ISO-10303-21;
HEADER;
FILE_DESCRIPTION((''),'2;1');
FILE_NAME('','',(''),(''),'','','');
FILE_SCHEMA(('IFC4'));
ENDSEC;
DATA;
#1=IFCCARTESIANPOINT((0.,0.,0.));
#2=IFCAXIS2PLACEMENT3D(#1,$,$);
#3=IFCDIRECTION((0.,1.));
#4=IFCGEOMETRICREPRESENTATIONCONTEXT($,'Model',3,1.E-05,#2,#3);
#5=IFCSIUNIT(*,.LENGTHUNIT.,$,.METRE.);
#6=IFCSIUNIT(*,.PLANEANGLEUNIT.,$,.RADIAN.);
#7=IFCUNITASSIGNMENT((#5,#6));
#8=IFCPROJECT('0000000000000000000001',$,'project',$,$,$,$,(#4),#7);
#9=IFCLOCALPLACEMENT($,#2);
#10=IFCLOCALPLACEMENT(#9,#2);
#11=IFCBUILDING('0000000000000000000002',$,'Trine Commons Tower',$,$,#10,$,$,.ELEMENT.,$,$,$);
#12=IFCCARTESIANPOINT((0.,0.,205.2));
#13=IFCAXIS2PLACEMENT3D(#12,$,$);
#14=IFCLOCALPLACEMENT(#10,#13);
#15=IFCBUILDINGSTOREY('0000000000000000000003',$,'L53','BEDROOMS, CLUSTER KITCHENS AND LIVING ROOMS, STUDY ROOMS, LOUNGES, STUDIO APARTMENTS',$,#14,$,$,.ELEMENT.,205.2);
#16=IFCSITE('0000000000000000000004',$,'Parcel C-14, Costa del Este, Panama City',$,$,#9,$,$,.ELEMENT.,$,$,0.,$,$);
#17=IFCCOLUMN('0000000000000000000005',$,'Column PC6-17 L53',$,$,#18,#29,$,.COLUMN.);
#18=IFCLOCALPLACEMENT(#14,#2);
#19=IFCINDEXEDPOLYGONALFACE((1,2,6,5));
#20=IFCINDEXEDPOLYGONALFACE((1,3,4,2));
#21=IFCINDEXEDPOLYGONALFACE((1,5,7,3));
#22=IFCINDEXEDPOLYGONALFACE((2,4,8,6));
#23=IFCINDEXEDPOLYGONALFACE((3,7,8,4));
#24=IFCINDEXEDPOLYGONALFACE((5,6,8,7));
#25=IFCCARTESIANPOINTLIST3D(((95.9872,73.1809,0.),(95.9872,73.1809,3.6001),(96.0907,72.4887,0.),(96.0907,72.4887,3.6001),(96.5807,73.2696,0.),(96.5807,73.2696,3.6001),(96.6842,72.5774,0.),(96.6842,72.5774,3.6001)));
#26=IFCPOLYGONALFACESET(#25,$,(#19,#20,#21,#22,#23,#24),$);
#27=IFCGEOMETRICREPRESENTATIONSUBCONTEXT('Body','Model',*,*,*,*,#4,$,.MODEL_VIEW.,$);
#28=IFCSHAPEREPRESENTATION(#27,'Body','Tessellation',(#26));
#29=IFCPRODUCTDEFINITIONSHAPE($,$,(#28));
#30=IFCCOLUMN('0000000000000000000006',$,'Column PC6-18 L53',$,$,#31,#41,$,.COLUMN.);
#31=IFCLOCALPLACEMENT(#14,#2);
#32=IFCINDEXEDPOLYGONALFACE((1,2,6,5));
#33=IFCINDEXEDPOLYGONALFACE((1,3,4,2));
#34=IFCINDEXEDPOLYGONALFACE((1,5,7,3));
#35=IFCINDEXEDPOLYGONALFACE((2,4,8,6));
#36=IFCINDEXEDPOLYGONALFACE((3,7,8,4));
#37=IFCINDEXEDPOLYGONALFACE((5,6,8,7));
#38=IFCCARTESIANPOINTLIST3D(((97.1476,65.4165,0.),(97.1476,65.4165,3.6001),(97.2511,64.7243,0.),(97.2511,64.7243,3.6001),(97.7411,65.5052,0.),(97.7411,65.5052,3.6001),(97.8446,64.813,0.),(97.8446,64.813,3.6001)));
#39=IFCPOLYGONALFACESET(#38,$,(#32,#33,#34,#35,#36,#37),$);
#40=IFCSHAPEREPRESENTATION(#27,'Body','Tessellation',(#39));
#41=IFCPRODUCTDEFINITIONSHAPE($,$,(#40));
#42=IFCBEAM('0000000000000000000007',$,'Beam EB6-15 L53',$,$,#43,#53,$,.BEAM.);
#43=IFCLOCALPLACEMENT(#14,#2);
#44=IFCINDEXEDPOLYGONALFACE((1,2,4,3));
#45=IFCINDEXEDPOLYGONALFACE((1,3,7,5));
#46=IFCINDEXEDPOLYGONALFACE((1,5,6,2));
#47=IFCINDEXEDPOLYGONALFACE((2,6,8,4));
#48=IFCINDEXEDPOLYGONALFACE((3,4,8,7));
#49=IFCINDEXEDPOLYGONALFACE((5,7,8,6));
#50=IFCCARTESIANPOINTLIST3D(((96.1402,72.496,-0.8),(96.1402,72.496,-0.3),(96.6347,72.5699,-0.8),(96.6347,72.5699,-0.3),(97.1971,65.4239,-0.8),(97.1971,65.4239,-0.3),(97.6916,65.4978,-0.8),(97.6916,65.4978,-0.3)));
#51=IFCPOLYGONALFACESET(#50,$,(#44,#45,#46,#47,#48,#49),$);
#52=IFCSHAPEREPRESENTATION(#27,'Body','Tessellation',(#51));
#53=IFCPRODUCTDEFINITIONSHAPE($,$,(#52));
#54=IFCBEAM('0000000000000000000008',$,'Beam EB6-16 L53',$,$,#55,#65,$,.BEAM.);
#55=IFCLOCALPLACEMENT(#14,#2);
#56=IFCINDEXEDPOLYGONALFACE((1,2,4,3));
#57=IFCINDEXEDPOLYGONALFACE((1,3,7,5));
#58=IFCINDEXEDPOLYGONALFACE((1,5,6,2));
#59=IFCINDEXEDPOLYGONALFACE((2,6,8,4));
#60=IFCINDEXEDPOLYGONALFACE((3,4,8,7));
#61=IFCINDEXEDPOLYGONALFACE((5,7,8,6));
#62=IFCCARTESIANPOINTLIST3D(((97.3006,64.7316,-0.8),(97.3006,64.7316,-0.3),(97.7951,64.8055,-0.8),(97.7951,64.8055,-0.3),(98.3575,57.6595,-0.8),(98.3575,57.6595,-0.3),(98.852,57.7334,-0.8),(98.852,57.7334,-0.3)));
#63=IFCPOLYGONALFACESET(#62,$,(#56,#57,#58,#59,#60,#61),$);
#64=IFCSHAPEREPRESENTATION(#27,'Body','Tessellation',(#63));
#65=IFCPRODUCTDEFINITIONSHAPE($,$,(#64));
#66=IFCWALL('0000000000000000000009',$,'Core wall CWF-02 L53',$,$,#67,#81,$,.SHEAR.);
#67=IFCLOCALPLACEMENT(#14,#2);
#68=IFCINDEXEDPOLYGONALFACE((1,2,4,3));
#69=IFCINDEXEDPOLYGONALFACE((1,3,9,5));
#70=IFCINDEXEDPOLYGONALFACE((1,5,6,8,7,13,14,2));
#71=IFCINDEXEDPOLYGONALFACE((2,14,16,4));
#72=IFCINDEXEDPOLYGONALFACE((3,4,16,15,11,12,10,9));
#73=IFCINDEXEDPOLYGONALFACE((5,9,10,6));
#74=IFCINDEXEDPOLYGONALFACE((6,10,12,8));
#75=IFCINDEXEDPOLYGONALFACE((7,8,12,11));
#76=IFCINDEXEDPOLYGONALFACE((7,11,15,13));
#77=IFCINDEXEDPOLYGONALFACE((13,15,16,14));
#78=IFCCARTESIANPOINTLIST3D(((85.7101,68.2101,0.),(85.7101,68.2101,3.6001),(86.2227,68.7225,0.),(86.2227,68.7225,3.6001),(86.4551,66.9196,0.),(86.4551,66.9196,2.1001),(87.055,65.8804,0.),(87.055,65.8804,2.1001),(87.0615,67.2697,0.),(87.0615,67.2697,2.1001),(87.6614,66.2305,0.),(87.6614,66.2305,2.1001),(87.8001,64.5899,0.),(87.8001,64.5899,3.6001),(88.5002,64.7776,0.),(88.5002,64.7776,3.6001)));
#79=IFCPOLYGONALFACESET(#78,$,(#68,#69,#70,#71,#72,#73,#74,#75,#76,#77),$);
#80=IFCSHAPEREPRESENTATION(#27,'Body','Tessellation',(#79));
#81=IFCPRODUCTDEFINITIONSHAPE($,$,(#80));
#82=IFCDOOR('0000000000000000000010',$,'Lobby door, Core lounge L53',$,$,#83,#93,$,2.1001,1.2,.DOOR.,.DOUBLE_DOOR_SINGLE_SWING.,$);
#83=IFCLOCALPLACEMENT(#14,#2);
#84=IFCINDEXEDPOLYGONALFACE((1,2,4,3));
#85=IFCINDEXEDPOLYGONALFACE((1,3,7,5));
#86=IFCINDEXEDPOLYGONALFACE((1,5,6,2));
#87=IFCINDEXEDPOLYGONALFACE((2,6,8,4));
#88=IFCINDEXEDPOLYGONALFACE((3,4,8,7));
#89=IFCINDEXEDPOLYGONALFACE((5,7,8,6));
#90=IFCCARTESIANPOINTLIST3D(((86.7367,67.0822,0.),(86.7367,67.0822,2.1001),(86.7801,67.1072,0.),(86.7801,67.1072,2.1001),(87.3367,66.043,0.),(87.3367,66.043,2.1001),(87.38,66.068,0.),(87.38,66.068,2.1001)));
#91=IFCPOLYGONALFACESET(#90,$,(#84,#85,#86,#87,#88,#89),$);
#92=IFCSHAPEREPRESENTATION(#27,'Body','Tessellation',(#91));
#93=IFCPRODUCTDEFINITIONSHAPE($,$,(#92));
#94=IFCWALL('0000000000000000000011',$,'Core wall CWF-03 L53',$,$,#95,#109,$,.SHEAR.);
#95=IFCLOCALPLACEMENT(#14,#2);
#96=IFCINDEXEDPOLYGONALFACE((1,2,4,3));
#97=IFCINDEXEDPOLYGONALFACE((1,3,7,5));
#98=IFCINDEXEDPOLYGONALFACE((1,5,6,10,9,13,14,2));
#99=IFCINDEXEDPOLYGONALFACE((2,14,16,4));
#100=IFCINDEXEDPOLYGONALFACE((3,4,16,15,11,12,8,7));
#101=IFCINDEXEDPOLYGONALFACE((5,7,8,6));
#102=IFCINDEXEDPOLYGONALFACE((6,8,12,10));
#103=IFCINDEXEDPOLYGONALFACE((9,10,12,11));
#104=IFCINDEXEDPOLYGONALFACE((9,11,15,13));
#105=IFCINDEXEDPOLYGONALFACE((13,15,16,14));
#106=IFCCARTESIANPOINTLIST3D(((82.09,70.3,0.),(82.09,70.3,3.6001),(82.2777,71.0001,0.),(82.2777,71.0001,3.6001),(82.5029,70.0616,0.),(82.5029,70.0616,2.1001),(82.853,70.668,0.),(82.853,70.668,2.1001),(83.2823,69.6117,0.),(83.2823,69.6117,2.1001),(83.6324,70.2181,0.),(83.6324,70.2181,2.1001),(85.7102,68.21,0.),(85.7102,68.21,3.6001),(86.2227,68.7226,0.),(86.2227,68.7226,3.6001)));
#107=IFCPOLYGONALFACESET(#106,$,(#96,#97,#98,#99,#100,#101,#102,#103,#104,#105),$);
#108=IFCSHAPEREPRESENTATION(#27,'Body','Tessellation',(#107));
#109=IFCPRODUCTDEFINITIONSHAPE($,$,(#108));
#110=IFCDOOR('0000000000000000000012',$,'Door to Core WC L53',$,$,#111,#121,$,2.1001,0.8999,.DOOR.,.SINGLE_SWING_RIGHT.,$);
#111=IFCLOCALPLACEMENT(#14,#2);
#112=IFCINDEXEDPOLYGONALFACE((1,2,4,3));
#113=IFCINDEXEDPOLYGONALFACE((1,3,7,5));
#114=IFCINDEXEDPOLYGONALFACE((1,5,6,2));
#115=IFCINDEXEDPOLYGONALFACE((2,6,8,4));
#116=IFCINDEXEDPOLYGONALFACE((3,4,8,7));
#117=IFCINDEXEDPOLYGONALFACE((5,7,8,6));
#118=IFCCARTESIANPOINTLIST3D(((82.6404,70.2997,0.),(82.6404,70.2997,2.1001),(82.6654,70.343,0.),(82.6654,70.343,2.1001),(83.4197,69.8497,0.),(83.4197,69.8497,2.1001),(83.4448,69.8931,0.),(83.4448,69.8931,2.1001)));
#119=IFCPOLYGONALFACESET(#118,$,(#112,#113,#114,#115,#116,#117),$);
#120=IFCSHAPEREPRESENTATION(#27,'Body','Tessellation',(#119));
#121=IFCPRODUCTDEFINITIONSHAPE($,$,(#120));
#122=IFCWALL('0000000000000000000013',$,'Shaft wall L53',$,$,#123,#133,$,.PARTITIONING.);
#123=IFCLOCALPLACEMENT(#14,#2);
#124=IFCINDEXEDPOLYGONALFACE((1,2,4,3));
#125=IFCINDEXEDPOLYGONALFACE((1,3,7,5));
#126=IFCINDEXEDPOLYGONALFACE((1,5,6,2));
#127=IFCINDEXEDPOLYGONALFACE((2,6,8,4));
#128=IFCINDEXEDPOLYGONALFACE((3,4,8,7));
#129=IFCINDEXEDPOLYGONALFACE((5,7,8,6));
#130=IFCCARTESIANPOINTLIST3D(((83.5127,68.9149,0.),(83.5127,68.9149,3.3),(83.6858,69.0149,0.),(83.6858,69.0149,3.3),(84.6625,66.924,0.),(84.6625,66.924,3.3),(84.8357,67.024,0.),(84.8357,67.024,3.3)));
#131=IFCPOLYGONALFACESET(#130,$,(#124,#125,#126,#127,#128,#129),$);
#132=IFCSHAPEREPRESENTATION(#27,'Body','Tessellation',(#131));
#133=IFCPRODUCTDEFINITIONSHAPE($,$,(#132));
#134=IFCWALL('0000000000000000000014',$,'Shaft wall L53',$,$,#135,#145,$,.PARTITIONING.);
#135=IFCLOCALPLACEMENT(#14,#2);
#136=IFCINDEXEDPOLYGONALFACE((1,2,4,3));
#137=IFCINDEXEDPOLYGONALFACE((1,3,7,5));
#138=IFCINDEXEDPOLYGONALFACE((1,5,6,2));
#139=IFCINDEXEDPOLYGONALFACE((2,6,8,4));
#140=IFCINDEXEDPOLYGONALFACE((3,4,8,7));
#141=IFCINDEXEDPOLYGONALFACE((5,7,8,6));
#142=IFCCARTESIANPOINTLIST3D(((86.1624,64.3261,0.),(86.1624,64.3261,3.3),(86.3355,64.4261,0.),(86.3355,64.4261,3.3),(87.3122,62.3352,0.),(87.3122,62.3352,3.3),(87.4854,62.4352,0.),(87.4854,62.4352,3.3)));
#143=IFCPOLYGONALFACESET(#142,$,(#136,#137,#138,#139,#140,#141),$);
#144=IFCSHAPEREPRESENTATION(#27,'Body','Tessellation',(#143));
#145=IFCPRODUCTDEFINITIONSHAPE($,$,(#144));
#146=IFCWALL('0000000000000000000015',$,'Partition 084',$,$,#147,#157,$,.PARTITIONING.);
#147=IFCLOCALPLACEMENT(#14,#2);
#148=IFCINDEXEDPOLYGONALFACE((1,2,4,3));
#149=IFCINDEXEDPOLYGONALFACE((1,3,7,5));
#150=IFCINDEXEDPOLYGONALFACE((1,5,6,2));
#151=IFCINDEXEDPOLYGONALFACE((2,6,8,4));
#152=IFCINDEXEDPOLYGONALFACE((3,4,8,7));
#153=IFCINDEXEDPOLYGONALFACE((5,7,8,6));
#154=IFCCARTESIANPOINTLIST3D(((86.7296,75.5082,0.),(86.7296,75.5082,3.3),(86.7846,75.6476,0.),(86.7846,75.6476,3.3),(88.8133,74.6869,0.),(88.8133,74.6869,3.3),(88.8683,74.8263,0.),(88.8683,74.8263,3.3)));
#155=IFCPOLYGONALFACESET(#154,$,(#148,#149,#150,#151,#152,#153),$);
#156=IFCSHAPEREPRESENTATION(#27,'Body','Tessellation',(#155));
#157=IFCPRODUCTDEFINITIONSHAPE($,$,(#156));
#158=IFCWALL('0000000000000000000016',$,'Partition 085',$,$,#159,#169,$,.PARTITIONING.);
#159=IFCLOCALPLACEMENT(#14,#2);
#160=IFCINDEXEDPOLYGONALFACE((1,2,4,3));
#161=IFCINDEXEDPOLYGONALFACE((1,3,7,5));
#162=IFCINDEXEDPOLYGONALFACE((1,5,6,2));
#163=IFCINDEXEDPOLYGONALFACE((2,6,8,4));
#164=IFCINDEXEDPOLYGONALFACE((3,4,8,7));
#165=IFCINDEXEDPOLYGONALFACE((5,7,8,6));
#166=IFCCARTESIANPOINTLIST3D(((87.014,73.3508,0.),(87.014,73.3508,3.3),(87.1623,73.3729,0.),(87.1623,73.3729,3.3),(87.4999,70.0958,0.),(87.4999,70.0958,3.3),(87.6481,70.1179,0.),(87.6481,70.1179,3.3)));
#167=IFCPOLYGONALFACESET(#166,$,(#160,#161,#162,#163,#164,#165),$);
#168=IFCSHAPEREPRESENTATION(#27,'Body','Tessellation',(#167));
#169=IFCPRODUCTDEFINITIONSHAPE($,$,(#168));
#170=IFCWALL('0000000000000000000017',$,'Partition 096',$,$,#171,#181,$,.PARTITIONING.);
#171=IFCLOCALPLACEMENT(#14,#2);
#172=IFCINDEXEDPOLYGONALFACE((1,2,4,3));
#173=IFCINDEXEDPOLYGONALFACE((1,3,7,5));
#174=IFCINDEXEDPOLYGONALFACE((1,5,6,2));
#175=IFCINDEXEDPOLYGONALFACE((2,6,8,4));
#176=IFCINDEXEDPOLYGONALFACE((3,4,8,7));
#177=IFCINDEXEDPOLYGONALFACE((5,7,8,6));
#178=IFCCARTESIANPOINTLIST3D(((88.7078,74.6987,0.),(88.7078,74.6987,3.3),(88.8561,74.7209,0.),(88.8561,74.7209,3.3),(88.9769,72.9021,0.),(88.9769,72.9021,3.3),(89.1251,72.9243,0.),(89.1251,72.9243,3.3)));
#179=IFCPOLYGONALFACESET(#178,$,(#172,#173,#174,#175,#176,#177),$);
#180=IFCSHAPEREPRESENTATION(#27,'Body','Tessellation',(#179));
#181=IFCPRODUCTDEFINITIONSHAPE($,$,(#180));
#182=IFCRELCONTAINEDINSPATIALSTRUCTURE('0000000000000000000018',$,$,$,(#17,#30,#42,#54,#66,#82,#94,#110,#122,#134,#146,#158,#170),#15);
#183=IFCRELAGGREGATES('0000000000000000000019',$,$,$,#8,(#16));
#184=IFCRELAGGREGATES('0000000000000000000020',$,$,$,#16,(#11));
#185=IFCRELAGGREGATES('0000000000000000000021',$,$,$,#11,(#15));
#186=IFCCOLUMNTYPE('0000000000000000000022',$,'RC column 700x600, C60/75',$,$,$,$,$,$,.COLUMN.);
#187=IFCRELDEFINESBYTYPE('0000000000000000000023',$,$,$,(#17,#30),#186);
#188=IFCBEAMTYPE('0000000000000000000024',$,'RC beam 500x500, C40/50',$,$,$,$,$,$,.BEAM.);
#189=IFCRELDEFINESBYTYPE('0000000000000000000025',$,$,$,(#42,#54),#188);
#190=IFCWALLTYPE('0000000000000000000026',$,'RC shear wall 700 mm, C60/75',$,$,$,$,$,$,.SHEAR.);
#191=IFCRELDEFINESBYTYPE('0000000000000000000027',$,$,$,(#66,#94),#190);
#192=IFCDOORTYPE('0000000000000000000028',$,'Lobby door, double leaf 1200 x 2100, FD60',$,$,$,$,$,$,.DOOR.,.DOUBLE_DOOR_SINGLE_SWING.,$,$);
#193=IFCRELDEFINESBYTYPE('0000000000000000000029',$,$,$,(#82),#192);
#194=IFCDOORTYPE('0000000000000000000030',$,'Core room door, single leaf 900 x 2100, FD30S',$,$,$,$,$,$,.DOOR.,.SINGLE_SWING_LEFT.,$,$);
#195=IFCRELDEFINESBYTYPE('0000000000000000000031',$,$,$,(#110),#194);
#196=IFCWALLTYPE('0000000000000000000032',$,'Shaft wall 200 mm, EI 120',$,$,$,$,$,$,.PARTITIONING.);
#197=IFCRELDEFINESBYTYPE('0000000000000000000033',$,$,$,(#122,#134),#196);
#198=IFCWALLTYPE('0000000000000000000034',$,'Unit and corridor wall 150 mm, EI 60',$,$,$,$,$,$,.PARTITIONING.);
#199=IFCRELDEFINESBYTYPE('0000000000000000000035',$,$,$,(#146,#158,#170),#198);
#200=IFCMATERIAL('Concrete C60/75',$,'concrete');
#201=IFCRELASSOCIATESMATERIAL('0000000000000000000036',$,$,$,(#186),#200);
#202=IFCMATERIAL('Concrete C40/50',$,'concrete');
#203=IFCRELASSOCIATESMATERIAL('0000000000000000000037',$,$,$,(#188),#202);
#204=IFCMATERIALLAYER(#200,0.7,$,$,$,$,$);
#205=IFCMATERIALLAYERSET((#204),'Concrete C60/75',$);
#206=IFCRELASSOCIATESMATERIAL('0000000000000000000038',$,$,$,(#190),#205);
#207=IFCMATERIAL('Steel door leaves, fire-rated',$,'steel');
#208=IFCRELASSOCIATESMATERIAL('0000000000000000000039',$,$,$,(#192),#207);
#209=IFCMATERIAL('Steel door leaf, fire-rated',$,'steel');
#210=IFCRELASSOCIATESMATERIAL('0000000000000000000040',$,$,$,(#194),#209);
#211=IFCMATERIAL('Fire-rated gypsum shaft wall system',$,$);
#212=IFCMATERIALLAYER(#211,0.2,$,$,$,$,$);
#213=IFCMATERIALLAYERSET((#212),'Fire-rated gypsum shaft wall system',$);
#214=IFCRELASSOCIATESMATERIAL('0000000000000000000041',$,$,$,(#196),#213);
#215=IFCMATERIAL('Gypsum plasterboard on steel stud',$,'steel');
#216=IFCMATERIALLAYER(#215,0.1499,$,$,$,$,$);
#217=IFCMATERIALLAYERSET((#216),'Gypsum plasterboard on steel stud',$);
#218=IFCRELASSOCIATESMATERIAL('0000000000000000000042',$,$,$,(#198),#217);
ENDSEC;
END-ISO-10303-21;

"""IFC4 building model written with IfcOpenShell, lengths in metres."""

from ifc_helpers import new_model, si_unit, direction, frame, frame_2d, origin, origin_2d, place, context, subcontext, project, spatial, polyline, rectangle, outline, extrude, material, layer, layer_set, material_profile, profile_set, type_object, element, fill, save


model = new_model("IFC4")

# Units and contexts
model_context = context("Model", 3, precision=1e-05, world=origin(), true_north=direction((0.0, 1.0)))
body_context = subcontext(model_context, "Body", "Model", "MODEL_VIEW")
ifc_project = project(units=[si_unit("LENGTHUNIT", "METRE"), si_unit("PLANEANGLEUNIT", "RADIAN")], contexts=[model_context])

# Site, building, storey
site_placement = place(None, origin())
site = spatial("IfcSite", under=ifc_project, at=site_placement, Name="Parcel C-14, Costa del Este, Panama City", CompositionType="ELEMENT", RefElevation=0.0)
building_placement = place(site_placement, origin())
building = spatial("IfcBuilding", under=site, at=building_placement, Name="Trine Commons Tower", CompositionType="ELEMENT")
storey_placement = place(building_placement, frame((0.0, 0.0, 205.2)))
storey = spatial("IfcBuildingStorey", under=building, at=storey_placement, Name="L53", Description="BEDROOMS, CLUSTER KITCHENS AND LIVING ROOMS, STUDY ROOMS, LOUNGES, STUDIO APARTMENTS", CompositionType="ELEMENT", Elevation=205.2)

# Columns
ifc_material_1 = material(Name="Concrete C60/75", Category="concrete")
ifc_material_profile_1 = material_profile(ifc_material_1, rectangle(XDim=0.7, YDim=0.6001, at=origin_2d()), Name="RC 700x600")
ifc_profile_set_1 = profile_set([ifc_material_profile_1], Name="Concrete C60/75")
column_type = type_object("IfcColumnType", Name="RC column 700x600, C60/75", PredefinedType="COLUMN", material=ifc_profile_set_1)
for number, where, z_axis, x_axis, name in (
    (1, (96.3357, 72.8792, 0.0), (0.0, 0.0, 1.0), (-0.147809, 0.989016, 0.0), "Column PC6-17 L53"),
    (2, (97.4961, 65.1147, 0.0), (0.0, 0.0, 1.0), (-0.147809, 0.989016, 0.0), "Column PC6-18 L53"),
):
    element("IfcColumn", number, at=place(storey_placement, frame(where, z_axis=z_axis, x_axis=x_axis)), inside=storey, type_object=column_type, Name=name, PredefinedType="COLUMN", context=body_context, shape_type="SweptSolid", body=[
        extrude(rectangle(XDim=0.7, YDim=0.6001, at=origin_2d()), origin(), (0.0, 0.0, 1.0), 3.6001),
    ])

# Beams
ifc_material_2 = material(Name="Concrete C40/50", Category="concrete")
ifc_material_profile_2 = material_profile(ifc_material_2, rectangle(XDim=0.5, YDim=0.5, at=origin_2d()), Name="RC 500x500")
ifc_profile_set_2 = profile_set([ifc_material_profile_2], Name="Concrete C40/50")
beam_type = type_object("IfcBeamType", Name="RC beam 500x500, C40/50", PredefinedType="BEAM", material=ifc_profile_set_2)
for number, where, z_axis, x_axis, name in (
    (3, (96.3875, 72.533, -0.55), (0.147804, -0.989017, 0.0), (0.989017, 0.147804, 0.0), "Beam EB6-15 L53"),
    (4, (97.5479, 64.7686, -0.55), (0.147804, -0.989017, 0.0), (0.989017, 0.147804, 0.0), "Beam EB6-16 L53"),
):
    element("IfcBeam", number, at=place(storey_placement, frame(where, z_axis=z_axis, x_axis=x_axis)), inside=storey, type_object=beam_type, Name=name, PredefinedType="BEAM", context=body_context, shape_type="SweptSolid", body=[
        extrude(rectangle(XDim=0.5, YDim=0.5, at=origin_2d()), origin(), (0.0, 0.0, 1.0), 7.1506),
    ])

# Walls, openings, doors
ifc_layer_1 = layer(ifc_material_1, 0.7)
ifc_layer_set_1 = layer_set([ifc_layer_1], Name="Concrete C60/75")
wall_type_1 = type_object("IfcWallType", Name="RC shear wall 700 mm, C60/75", PredefinedType="SHEAR", material=ifc_layer_set_1)
wall_1_placement = place(storey_placement, frame((88.197, 64.6025, 0.0), z_axis=(0.0, 0.0, 1.0), x_axis=(-0.499984, 0.866035, 0.0)))
wall_1 = element("IfcWall", 5, at=wall_1_placement, inside=storey, type_object=wall_type_1, Name="Core wall CWF-02 L53", PredefinedType="SHEAR", context=body_context, shape_type="SweptSolid", body=[
    extrude(outline(polyline([(0.0, -0.3501), (4.5552, -0.3501), (4.3677, 0.3501), (0.1875, 0.3501), (0.0, -0.3501)])), origin(), (0.0, 0.0, 1.0), 3.6001),
])
opening_1_placement = place(wall_1_placement, frame((1.6775, 0.0, 0.0)))
opening_1 = element("IfcOpeningElement", 6, at=opening_1_placement, cuts=wall_1, PredefinedType="OPENING", context=body_context, shape_type="SweptSolid", body=[
    extrude(rectangle(XDim=1.2, YDim=2.1001, at=frame_2d((0.6001, 1.05))), frame((0.0, 0.3599, 0.0), z_axis=(0.0, -1.0, 0.0), x_axis=(1.0, 0.0, 0.0)), (0.0, 0.0, 1.0), 0.72),
])
ifc_material_3 = material(Name="Steel door leaves, fire-rated", Category="steel")
door_type_1 = type_object("IfcDoorType", Name="Lobby door, double leaf 1200 x 2100, FD60", OperationType="DOUBLE_DOOR_SINGLE_SWING", PredefinedType="DOOR", material=ifc_material_3)
door_1_placement = place(opening_1_placement, origin())
door_1 = element("IfcDoor", 7, at=door_1_placement, inside=storey, type_object=door_type_1, Name="Lobby door, Core lounge L53", OperationType="DOUBLE_DOOR_SINGLE_SWING", OverallHeight=2.1001, OverallWidth=1.2, PredefinedType="DOOR", context=body_context, shape_type="SweptSolid", body=[
    extrude(rectangle(XDim=1.2, YDim=2.1001, at=frame_2d((0.6001, 1.05))), frame((0.0, 0.0249, 0.0), z_axis=(0.0, -1.0, 0.0), x_axis=(1.0, 0.0, 0.0)), (0.0, 0.0, 1.0), 0.05),
])
fill(opening_1, door_1)
wall_2_placement = place(storey_placement, frame((86.0476, 68.4194, 0.0), z_axis=(0.0, 0.0, 1.0), x_axis=(-0.866035, 0.499984, 0.0)))
wall_2 = element("IfcWall", 8, at=wall_2_placement, inside=storey, type_object=wall_type_1, Name="Core wall CWF-03 L53", PredefinedType="SHEAR", context=body_context, shape_type="SweptSolid", body=[
    extrude(outline(polyline([(0.0, -0.3501), (4.5552, -0.3501), (4.3677, 0.3501), (0.1875, 0.3501), (0.0, -0.3501)])), origin(), (0.0, 0.0, 1.0), 3.6001),
])
opening_2_placement = place(wall_2_placement, frame((2.991, 0.0, 0.0)))
opening_2 = element("IfcOpeningElement", 9, at=opening_2_placement, cuts=wall_2, PredefinedType="OPENING", context=body_context, shape_type="SweptSolid", body=[
    extrude(rectangle(XDim=0.8999, YDim=2.1001, at=frame_2d((0.45, 1.05))), frame((0.0, 0.3599, 0.0), z_axis=(0.0, -1.0, 0.0), x_axis=(1.0, 0.0, 0.0)), (0.0, 0.0, 1.0), 0.72),
])
ifc_material_4 = material(Name="Steel door leaf, fire-rated", Category="steel")
door_type_2 = type_object("IfcDoorType", Name="Core room door, single leaf 900 x 2100, FD30S", OperationType="SINGLE_SWING_LEFT", PredefinedType="DOOR", material=ifc_material_4)
door_2_placement = place(opening_2_placement, origin())
door_2 = element("IfcDoor", 10, at=door_2_placement, inside=storey, type_object=door_type_2, Name="Door to Core WC L53", OperationType="SINGLE_SWING_RIGHT", OverallHeight=2.1001, OverallWidth=0.8999, PredefinedType="DOOR", context=body_context, shape_type="SweptSolid", body=[
    extrude(rectangle(XDim=0.8999, YDim=2.1001, at=frame_2d((0.45, 1.05))), frame((0.0, 0.0752, 0.0), z_axis=(0.0, -1.0, 0.0), x_axis=(1.0, 0.0, 0.0)), (0.0, 0.0, 1.0), 0.05),
])
fill(opening_2, door_2)

# Walls
ifc_material_5 = material(Name="Fire-rated gypsum shaft wall system")
ifc_layer_2 = layer(ifc_material_5, 0.2)
ifc_layer_set_2 = layer_set([ifc_layer_2], Name="Fire-rated gypsum shaft wall system")
wall_type_2 = type_object("IfcWallType", Name="Shaft wall 200 mm, EI 120", PredefinedType="PARTITIONING", material=ifc_layer_set_2)
for number, where, z_axis, x_axis, name in (
    (11, (84.749, 66.9741, 0.0), (0.0, 0.0, 1.0), (-0.500136, 0.865947, 0.0), "Shaft wall L53"),
    (12, (86.249, 64.376, 0.0), (0.0, 0.0, 1.0), (0.500136, -0.865947, 0.0), "Shaft wall L53"),
):
    element("IfcWall", number, at=place(storey_placement, frame(where, z_axis=z_axis, x_axis=x_axis)), inside=storey, type_object=wall_type_2, Name=name, PredefinedType="PARTITIONING", context=body_context, shape_type="SweptSolid", body=[
        extrude(rectangle(XDim=2.2991, YDim=0.2, at=frame_2d((1.1494, 0.0))), origin(), (0.0, 0.0, 1.0), 3.3),
    ])
ifc_material_6 = material(Name="Gypsum plasterboard on steel stud", Category="steel")
ifc_layer_3 = layer(ifc_material_6, 0.1499)
ifc_layer_set_3 = layer_set([ifc_layer_3], Name="Gypsum plasterboard on steel stud")
wall_type_3 = type_object("IfcWallType", Name="Unit and corridor wall 150 mm, EI 60", PredefinedType="PARTITIONING", material=ifc_layer_set_3)
wall_3_placement = place(storey_placement, frame((86.7571, 75.5779, 0.0), z_axis=(0.0, 0.0, 1.0), x_axis=(0.930344, -0.366687, 0.0)))
element("IfcWall", 13, at=wall_3_placement, inside=storey, type_object=wall_type_3, Name="Partition 084", PredefinedType="PARTITIONING", context=body_context, shape_type="SweptSolid", body=[
    extrude(rectangle(XDim=2.2397, YDim=0.1499, at=frame_2d((1.1199, 0.0))), origin(), (0.0, 0.0, 1.0), 3.3),
])
wall_4_placement = place(storey_placement, frame((87.0881, 73.3618, 0.0), z_axis=(0.0, 0.0, 1.0), x_axis=(0.147629, -0.989043, 0.0)))
element("IfcWall", 14, at=wall_4_placement, inside=storey, type_object=wall_type_3, Name="Partition 085", PredefinedType="PARTITIONING", context=body_context, shape_type="SweptSolid", body=[
    extrude(rectangle(XDim=3.291, YDim=0.1499, at=frame_2d((1.6455, 0.0))), origin(), (0.0, 0.0, 1.0), 3.3),
])
wall_5_placement = place(storey_placement, frame((88.782, 74.7097, 0.0), z_axis=(0.0, 0.0, 1.0), x_axis=(0.148097, -0.988973, 0.0)))
element("IfcWall", 15, at=wall_5_placement, inside=storey, type_object=wall_type_3, Name="Partition 096", PredefinedType="PARTITIONING", context=body_context, shape_type="SweptSolid", body=[
    extrude(rectangle(XDim=1.8167, YDim=0.1499, at=frame_2d((0.9082, 0.0))), origin(), (0.0, 0.0, 1.0), 3.3),
])

save(model, "model.ifc")
